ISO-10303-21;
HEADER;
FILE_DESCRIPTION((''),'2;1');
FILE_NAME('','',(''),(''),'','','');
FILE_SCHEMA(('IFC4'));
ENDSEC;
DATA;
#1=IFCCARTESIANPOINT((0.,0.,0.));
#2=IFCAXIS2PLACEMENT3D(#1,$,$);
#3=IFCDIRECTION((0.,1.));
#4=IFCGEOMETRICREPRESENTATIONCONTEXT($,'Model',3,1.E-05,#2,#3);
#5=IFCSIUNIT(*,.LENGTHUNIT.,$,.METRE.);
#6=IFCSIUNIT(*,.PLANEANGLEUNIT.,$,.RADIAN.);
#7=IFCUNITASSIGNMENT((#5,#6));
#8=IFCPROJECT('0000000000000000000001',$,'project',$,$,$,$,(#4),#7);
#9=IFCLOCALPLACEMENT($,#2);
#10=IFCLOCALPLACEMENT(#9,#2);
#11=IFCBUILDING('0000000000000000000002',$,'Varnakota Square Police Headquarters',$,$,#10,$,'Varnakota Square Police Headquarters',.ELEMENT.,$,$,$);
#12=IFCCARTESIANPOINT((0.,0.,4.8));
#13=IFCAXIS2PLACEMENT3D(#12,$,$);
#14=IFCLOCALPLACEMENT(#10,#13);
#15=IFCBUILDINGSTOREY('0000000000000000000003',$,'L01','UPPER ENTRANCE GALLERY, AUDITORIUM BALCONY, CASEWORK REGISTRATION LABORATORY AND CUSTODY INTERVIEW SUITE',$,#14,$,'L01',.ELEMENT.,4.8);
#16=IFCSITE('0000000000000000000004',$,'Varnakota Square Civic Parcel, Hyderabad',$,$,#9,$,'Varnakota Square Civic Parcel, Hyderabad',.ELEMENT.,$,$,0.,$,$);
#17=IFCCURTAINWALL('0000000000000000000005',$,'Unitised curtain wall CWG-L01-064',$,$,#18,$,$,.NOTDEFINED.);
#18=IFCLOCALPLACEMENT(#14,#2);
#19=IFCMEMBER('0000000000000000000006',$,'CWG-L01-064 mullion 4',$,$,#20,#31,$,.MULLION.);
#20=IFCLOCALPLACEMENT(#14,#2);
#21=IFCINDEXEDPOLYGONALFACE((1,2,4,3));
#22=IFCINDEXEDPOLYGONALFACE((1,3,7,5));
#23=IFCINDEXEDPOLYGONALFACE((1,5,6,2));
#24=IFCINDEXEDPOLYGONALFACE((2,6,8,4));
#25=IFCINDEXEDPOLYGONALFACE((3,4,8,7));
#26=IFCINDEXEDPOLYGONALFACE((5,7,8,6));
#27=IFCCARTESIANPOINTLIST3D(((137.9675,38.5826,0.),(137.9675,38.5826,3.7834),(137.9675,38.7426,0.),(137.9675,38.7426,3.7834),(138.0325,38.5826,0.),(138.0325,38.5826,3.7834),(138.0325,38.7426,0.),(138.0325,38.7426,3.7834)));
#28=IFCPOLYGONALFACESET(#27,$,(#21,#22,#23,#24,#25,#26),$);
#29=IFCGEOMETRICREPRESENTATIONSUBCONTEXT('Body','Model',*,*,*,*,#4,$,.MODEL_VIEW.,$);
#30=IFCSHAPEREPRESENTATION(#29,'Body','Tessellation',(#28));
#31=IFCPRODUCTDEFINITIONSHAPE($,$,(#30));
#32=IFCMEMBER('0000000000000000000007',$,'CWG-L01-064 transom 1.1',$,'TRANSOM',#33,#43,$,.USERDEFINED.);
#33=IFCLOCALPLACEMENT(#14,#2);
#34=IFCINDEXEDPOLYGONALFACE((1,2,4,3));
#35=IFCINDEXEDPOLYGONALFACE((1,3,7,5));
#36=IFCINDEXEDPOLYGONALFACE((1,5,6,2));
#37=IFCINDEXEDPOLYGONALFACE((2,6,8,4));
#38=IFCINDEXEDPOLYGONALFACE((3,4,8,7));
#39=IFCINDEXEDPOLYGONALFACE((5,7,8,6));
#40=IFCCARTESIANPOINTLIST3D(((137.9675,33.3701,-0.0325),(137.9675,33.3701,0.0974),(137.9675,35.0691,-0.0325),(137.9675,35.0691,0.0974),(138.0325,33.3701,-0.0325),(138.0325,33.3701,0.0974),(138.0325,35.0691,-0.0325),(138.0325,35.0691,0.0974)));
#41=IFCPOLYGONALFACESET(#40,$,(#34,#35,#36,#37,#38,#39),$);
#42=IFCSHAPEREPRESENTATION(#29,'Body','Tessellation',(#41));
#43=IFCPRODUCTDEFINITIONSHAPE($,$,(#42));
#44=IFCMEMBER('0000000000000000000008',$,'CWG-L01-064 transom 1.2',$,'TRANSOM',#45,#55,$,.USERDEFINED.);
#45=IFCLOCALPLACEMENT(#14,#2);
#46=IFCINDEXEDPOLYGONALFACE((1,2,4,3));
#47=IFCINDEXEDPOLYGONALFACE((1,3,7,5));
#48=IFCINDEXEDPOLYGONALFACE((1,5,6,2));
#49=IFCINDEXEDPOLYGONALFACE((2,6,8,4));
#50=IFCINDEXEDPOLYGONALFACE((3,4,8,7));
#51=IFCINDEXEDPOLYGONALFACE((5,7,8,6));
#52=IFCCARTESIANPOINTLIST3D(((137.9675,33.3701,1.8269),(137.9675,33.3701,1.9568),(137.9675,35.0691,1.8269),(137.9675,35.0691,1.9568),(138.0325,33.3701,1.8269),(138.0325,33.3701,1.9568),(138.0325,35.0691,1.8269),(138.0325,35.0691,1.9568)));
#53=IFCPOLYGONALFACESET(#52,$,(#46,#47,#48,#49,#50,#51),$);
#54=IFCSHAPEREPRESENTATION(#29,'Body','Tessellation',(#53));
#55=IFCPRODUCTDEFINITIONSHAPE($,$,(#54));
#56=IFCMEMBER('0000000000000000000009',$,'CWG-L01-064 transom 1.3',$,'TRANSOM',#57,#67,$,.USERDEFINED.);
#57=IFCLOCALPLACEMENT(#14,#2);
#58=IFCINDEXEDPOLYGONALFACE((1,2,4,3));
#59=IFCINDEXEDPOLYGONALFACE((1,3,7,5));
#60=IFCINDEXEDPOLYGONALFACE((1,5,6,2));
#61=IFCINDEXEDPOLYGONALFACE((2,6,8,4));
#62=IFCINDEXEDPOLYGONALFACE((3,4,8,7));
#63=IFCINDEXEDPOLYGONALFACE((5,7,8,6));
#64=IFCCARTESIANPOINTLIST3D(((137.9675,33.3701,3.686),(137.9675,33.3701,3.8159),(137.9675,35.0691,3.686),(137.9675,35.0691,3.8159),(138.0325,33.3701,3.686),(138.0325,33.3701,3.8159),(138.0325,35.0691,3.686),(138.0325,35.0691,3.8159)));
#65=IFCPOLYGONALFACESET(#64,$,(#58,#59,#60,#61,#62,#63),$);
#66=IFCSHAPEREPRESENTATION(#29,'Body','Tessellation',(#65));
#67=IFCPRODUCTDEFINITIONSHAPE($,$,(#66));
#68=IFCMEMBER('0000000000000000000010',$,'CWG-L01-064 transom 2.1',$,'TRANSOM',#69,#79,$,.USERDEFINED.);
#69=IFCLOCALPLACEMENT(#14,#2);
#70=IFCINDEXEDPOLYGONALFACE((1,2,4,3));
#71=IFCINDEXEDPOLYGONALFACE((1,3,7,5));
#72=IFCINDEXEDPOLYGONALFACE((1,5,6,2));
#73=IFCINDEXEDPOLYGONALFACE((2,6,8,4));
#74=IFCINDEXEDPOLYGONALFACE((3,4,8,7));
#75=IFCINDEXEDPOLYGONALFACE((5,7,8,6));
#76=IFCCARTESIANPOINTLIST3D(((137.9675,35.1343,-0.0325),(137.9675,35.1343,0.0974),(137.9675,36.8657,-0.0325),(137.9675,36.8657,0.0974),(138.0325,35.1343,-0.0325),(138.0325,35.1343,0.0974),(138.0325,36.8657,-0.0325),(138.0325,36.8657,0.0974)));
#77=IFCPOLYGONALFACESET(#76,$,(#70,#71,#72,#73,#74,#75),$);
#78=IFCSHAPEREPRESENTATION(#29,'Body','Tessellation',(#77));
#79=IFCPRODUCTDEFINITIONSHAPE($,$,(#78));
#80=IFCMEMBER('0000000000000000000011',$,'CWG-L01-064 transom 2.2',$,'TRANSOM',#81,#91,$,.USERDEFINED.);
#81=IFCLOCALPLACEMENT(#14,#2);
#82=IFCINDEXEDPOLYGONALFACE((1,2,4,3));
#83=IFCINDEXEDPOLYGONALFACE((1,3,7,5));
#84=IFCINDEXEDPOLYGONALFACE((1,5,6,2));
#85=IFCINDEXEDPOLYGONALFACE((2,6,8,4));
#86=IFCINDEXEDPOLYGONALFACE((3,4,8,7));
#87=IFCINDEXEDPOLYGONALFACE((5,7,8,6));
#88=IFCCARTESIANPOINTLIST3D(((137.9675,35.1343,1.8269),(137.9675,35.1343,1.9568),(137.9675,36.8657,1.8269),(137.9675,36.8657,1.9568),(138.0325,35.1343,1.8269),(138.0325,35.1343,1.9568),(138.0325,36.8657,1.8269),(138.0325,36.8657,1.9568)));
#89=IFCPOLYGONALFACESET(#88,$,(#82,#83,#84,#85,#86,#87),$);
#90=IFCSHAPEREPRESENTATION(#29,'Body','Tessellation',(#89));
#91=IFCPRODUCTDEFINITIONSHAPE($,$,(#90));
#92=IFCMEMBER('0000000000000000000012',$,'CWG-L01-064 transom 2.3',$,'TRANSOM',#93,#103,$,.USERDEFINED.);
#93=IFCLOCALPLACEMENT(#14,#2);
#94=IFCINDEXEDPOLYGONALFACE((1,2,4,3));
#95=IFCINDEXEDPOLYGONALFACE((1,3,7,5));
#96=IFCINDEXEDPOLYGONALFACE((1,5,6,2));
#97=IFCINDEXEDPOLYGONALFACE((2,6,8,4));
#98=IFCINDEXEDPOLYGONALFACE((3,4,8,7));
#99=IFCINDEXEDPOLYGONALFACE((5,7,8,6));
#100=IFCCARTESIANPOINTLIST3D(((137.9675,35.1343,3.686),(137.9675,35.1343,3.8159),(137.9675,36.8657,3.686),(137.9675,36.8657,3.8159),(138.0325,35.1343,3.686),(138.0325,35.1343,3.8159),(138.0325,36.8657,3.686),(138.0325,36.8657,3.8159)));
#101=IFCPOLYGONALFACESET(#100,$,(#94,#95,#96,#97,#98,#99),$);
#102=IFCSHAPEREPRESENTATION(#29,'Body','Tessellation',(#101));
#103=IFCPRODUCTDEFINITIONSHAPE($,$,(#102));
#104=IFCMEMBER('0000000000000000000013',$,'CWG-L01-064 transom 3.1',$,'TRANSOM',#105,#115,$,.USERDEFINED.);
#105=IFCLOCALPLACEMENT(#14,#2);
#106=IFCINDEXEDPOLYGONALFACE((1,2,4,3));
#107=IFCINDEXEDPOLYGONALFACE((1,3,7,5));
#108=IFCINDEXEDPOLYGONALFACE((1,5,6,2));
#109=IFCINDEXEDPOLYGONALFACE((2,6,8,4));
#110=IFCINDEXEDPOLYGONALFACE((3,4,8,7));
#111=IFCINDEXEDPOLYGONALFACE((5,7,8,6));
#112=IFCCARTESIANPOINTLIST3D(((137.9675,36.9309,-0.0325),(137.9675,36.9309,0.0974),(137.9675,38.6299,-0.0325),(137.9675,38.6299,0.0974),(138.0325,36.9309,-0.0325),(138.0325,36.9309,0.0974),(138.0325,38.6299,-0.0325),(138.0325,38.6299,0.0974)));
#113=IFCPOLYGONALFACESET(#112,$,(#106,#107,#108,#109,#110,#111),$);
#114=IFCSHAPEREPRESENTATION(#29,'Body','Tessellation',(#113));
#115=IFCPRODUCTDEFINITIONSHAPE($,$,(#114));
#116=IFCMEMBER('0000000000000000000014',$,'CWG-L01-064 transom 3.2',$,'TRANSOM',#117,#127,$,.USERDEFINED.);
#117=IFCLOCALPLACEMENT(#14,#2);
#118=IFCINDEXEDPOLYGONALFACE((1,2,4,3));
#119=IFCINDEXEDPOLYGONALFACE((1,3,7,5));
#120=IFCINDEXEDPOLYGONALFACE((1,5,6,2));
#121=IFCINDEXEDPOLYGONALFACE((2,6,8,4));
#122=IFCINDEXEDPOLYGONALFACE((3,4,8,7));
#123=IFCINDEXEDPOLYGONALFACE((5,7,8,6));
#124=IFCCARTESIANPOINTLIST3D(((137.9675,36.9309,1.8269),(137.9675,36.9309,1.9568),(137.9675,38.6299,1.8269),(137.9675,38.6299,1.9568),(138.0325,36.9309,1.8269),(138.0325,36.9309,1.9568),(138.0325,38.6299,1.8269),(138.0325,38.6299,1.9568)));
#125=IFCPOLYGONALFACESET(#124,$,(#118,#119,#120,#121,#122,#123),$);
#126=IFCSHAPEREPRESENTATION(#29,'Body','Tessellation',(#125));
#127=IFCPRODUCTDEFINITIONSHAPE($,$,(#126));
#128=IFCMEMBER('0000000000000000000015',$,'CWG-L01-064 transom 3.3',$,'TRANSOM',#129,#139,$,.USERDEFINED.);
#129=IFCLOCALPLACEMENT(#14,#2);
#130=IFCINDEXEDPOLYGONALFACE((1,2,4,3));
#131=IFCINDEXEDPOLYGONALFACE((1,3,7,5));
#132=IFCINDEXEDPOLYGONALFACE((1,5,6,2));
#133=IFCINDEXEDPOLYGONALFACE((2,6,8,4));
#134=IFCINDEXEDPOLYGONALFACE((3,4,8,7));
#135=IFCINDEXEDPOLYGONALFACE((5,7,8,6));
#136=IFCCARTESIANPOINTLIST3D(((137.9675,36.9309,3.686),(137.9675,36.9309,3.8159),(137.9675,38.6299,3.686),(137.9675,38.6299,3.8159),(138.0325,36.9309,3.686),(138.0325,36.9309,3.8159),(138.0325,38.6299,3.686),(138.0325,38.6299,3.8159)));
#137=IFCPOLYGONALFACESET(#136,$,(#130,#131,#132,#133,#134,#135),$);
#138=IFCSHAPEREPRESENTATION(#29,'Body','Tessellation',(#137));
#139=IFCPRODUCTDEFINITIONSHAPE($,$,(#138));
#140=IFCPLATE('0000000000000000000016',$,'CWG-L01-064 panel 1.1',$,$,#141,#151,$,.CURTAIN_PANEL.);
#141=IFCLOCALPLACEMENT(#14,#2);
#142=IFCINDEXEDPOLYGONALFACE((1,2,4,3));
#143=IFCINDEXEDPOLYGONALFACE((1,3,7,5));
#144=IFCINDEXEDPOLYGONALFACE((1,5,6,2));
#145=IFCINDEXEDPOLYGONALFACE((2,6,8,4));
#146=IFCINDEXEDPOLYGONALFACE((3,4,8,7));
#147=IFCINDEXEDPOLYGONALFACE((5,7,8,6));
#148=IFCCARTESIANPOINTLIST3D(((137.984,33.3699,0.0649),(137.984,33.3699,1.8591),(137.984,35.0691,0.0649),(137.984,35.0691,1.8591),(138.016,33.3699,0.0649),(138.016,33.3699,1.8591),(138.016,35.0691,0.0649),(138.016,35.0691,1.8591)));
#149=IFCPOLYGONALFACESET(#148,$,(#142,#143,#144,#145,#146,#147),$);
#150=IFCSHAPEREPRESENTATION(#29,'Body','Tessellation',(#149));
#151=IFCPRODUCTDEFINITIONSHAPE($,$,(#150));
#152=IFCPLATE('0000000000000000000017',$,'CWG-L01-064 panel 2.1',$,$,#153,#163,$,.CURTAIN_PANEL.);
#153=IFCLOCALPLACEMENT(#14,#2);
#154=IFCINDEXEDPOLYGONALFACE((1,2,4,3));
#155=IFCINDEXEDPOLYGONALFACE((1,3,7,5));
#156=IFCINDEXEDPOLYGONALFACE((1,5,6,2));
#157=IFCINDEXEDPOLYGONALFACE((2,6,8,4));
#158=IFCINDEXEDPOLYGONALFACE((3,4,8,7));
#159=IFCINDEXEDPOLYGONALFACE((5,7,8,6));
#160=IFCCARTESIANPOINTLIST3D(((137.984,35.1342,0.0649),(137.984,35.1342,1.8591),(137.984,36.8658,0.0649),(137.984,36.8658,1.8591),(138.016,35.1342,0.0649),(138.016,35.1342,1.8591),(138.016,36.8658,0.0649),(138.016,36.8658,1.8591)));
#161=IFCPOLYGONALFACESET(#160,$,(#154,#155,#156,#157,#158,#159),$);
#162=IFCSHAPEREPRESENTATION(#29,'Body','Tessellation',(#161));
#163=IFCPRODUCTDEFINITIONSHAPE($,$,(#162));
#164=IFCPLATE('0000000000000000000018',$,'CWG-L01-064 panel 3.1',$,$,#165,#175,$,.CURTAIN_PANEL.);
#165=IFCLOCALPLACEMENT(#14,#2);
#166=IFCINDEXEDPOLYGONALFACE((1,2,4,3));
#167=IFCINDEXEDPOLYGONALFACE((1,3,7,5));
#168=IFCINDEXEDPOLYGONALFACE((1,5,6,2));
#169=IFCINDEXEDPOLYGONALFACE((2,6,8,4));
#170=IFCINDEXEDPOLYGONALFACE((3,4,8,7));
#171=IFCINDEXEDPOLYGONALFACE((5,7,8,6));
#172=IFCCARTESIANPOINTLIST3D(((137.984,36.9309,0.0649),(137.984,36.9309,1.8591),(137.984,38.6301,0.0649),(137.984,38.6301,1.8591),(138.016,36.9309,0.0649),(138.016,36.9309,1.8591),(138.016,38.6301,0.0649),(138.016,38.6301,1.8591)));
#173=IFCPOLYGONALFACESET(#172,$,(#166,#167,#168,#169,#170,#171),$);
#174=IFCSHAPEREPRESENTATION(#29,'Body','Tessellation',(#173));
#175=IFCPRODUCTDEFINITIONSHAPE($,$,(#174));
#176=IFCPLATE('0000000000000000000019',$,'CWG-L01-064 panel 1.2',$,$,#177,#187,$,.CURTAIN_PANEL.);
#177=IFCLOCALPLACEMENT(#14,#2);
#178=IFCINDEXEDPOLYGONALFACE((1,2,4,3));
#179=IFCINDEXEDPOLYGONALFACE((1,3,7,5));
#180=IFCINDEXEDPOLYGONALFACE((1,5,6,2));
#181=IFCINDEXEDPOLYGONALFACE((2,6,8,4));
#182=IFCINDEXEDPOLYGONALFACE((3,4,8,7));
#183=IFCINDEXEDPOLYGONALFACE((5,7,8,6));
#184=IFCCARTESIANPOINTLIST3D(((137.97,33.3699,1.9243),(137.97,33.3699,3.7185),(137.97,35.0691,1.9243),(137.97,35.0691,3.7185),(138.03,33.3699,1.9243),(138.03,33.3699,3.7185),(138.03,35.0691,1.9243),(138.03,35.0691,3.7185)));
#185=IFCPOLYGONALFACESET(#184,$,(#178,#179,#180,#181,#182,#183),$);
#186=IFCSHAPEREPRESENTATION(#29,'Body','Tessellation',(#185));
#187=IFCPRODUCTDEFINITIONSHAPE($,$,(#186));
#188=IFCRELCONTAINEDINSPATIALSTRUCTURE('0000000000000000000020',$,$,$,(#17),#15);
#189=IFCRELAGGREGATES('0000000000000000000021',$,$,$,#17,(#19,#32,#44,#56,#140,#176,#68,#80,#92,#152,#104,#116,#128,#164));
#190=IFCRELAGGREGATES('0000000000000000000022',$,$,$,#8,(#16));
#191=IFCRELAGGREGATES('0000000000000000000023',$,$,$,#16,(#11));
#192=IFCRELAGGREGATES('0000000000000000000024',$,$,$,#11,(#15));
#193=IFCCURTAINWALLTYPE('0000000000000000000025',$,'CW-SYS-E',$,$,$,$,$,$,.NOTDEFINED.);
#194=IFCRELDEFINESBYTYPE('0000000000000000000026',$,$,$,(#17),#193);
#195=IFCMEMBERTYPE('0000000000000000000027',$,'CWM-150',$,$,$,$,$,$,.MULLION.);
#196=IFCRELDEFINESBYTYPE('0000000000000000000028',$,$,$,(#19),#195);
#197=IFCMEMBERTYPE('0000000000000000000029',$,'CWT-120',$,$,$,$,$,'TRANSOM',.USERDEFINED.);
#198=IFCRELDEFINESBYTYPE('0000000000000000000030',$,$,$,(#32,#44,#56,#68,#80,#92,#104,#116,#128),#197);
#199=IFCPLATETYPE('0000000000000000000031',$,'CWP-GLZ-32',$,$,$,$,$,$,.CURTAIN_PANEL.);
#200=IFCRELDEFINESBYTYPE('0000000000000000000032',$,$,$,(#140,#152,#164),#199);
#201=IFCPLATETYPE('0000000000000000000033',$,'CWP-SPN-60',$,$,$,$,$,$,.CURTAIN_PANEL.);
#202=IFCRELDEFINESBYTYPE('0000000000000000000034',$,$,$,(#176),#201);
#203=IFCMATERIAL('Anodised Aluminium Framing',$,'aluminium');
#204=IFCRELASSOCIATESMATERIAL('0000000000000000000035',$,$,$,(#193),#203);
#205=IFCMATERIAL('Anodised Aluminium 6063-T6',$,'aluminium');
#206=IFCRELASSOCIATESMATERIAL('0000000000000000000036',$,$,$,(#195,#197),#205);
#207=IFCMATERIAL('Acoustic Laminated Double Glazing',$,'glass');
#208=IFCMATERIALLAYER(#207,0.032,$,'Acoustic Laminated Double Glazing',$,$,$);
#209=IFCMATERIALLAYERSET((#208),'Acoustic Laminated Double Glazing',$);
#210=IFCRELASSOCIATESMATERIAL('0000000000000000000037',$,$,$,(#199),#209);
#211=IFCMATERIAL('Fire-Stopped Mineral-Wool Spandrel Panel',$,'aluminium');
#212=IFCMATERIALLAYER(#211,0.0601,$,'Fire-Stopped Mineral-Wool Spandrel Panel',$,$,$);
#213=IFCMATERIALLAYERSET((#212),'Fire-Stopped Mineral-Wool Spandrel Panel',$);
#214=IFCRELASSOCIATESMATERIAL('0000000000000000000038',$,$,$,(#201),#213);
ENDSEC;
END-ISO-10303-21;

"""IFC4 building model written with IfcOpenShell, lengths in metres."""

from ifc_helpers import new_model, si_unit, direction, frame, origin, origin_2d, place, context, subcontext, project, spatial, rectangle, extrude, material, layer, layer_set, material_profile, profile_set, type_object, element, aggregate, save


model = new_model("IFC4")

# Units and contexts
model_context = context("Model", 3, precision=1e-05, world=origin(), true_north=direction((0.0, 1.0)))
body_context = subcontext(model_context, "Body", "Model", "MODEL_VIEW")
ifc_project = project(units=[si_unit("LENGTHUNIT", "METRE"), si_unit("PLANEANGLEUNIT", "RADIAN")], contexts=[model_context])

# Site, building, storey
site_placement = place(None, origin())
site = spatial("IfcSite", under=ifc_project, at=site_placement, Name="Varnakota Square Civic Parcel, Hyderabad", LongName="Varnakota Square Civic Parcel, Hyderabad", CompositionType="ELEMENT", RefElevation=0.0)
building_placement = place(site_placement, origin())
building = spatial("IfcBuilding", under=site, at=building_placement, Name="Varnakota Square Police Headquarters", LongName="Varnakota Square Police Headquarters", CompositionType="ELEMENT")
storey_placement = place(building_placement, frame((0.0, 0.0, 4.8)))
storey = spatial("IfcBuildingStorey", under=building, at=storey_placement, Name="L01", Description="UPPER ENTRANCE GALLERY, AUDITORIUM BALCONY, CASEWORK REGISTRATION LABORATORY AND CUSTODY INTERVIEW SUITE", LongName="L01", CompositionType="ELEMENT", Elevation=4.8)

# Curtain wall, members, plates
ifc_material_1 = material(Name="Anodised Aluminium Framing", Category="aluminium")
curtain_wall_type = type_object("IfcCurtainWallType", Name="CW-SYS-E", PredefinedType="NOTDEFINED", material=ifc_material_1)
curtain_wall_placement = place(storey_placement, origin())
curtain_wall = element("IfcCurtainWall", 1, at=curtain_wall_placement, inside=storey, type_object=curtain_wall_type, Name="Unitised curtain wall CWG-L01-064", PredefinedType="NOTDEFINED")
ifc_material_2 = material(Name="Anodised Aluminium 6063-T6", Category="aluminium")
ifc_material_profile_1 = material_profile(ifc_material_2, rectangle(XDim=0.0649, YDim=0.1599, at=origin_2d()), Name="ALU MULLION 65x160")
ifc_profile_set_1 = profile_set([ifc_material_profile_1], Name="Anodised Aluminium 6063-T6")
member_type_1 = type_object("IfcMemberType", Name="CWM-150", PredefinedType="MULLION", material=ifc_profile_set_1)
member_1_placement = place(storey_placement, frame((138.0, 38.6626, 0.0), z_axis=(0.0, 0.0, 1.0), x_axis=(-1.0, 0.0, 0.0)))
member_1 = element("IfcMember", 2, at=member_1_placement, type_object=member_type_1, Name="CWG-L01-064 mullion 4", PredefinedType="MULLION", context=body_context, shape_type="SweptSolid", body=[
    extrude(rectangle(XDim=0.0649, YDim=0.1599, at=origin_2d()), origin(), (0.0, 0.0, 1.0), 3.7834),
])
ifc_material_profile_2 = material_profile(ifc_material_2, rectangle(XDim=0.0649, YDim=0.1299, at=origin_2d()), Name="ALU TRANSOM 65x130")
ifc_profile_set_2 = profile_set([ifc_material_profile_2], Name="Anodised Aluminium 6063-T6")
member_type_2 = type_object("IfcMemberType", Name="CWT-120", ElementType="TRANSOM", PredefinedType="USERDEFINED", material=ifc_profile_set_2)
member_2_placement = place(storey_placement, frame((138.0, 33.3701, 0.0325), z_axis=(0.0, 1.0, 0.0), x_axis=(-1.0, 0.0, 0.0)))
member_2 = element("IfcMember", 3, at=member_2_placement, type_object=member_type_2, Name="CWG-L01-064 transom 1.1", ObjectType="TRANSOM", PredefinedType="USERDEFINED", context=body_context, shape_type="SweptSolid", body=[
    extrude(rectangle(XDim=0.0649, YDim=0.1299, at=origin_2d()), origin(), (0.0, 0.0, 1.0), 1.699),
])
member_3_placement = place(storey_placement, frame((138.0, 33.3701, 1.8918), z_axis=(0.0, 1.0, 0.0), x_axis=(-1.0, 0.0, 0.0)))
member_3 = element("IfcMember", 4, at=member_3_placement, type_object=member_type_2, Name="CWG-L01-064 transom 1.2", ObjectType="TRANSOM", PredefinedType="USERDEFINED", context=body_context, shape_type="SweptSolid", body=[
    extrude(rectangle(XDim=0.0649, YDim=0.1299, at=origin_2d()), origin(), (0.0, 0.0, 1.0), 1.699),
])
member_4_placement = place(storey_placement, frame((138.0, 33.3701, 3.751), z_axis=(0.0, 1.0, 0.0), x_axis=(-1.0, 0.0, 0.0)))
member_4 = element("IfcMember", 5, at=member_4_placement, type_object=member_type_2, Name="CWG-L01-064 transom 1.3", ObjectType="TRANSOM", PredefinedType="USERDEFINED", context=body_context, shape_type="SweptSolid", body=[
    extrude(rectangle(XDim=0.0649, YDim=0.1299, at=origin_2d()), origin(), (0.0, 0.0, 1.0), 1.699),
])
member_5_placement = place(storey_placement, frame((138.0, 35.1343, 0.0325), z_axis=(0.0, 1.0, 0.0), x_axis=(-1.0, 0.0, 0.0)))
member_5 = element("IfcMember", 6, at=member_5_placement, type_object=member_type_2, Name="CWG-L01-064 transom 2.1", ObjectType="TRANSOM", PredefinedType="USERDEFINED", context=body_context, shape_type="SweptSolid", body=[
    extrude(rectangle(XDim=0.0649, YDim=0.1299, at=origin_2d()), origin(), (0.0, 0.0, 1.0), 1.7314),
])
member_6_placement = place(storey_placement, frame((138.0, 35.1343, 1.8918), z_axis=(0.0, 1.0, 0.0), x_axis=(-1.0, 0.0, 0.0)))
member_6 = element("IfcMember", 7, at=member_6_placement, type_object=member_type_2, Name="CWG-L01-064 transom 2.2", ObjectType="TRANSOM", PredefinedType="USERDEFINED", context=body_context, shape_type="SweptSolid", body=[
    extrude(rectangle(XDim=0.0649, YDim=0.1299, at=origin_2d()), origin(), (0.0, 0.0, 1.0), 1.7314),
])
member_7_placement = place(storey_placement, frame((138.0, 35.1343, 3.751), z_axis=(0.0, 1.0, 0.0), x_axis=(-1.0, 0.0, 0.0)))
member_7 = element("IfcMember", 8, at=member_7_placement, type_object=member_type_2, Name="CWG-L01-064 transom 2.3", ObjectType="TRANSOM", PredefinedType="USERDEFINED", context=body_context, shape_type="SweptSolid", body=[
    extrude(rectangle(XDim=0.0649, YDim=0.1299, at=origin_2d()), origin(), (0.0, 0.0, 1.0), 1.7314),
])
member_8_placement = place(storey_placement, frame((138.0, 36.9309, 0.0325), z_axis=(0.0, 1.0, 0.0), x_axis=(-1.0, 0.0, 0.0)))
member_8 = element("IfcMember", 9, at=member_8_placement, type_object=member_type_2, Name="CWG-L01-064 transom 3.1", ObjectType="TRANSOM", PredefinedType="USERDEFINED", context=body_context, shape_type="SweptSolid", body=[
    extrude(rectangle(XDim=0.0649, YDim=0.1299, at=origin_2d()), origin(), (0.0, 0.0, 1.0), 1.699),
])
member_9_placement = place(storey_placement, frame((138.0, 36.9309, 1.8918), z_axis=(0.0, 1.0, 0.0), x_axis=(-1.0, 0.0, 0.0)))
member_9 = element("IfcMember", 10, at=member_9_placement, type_object=member_type_2, Name="CWG-L01-064 transom 3.2", ObjectType="TRANSOM", PredefinedType="USERDEFINED", context=body_context, shape_type="SweptSolid", body=[
    extrude(rectangle(XDim=0.0649, YDim=0.1299, at=origin_2d()), origin(), (0.0, 0.0, 1.0), 1.699),
])
member_10_placement = place(storey_placement, frame((138.0, 36.9309, 3.751), z_axis=(0.0, 1.0, 0.0), x_axis=(-1.0, 0.0, 0.0)))
member_10 = element("IfcMember", 11, at=member_10_placement, type_object=member_type_2, Name="CWG-L01-064 transom 3.3", ObjectType="TRANSOM", PredefinedType="USERDEFINED", context=body_context, shape_type="SweptSolid", body=[
    extrude(rectangle(XDim=0.0649, YDim=0.1299, at=origin_2d()), origin(), (0.0, 0.0, 1.0), 1.699),
])
ifc_material_3 = material(Name="Acoustic Laminated Double Glazing", Category="glass")
ifc_layer_1 = layer(ifc_material_3, 0.032, Name="Acoustic Laminated Double Glazing")
ifc_layer_set_1 = layer_set([ifc_layer_1], Name="Acoustic Laminated Double Glazing")
plate_type_1 = type_object("IfcPlateType", Name="CWP-GLZ-32", PredefinedType="CURTAIN_PANEL", material=ifc_layer_set_1)
plate_1_placement = place(storey_placement, frame((138.0, 34.2195, 0.0649), z_axis=(0.0, 0.0, 1.0), x_axis=(0.0, 1.0, 0.0)))
plate_1 = element("IfcPlate", 12, at=plate_1_placement, type_object=plate_type_1, Name="CWG-L01-064 panel 1.1", PredefinedType="CURTAIN_PANEL", context=body_context, shape_type="SweptSolid", body=[
    extrude(rectangle(XDim=1.6992, YDim=0.032, at=origin_2d()), origin(), (0.0, 0.0, 1.0), 1.7942),
])
plate_2_placement = place(storey_placement, frame((138.0, 36.0, 0.0649), z_axis=(0.0, 0.0, 1.0), x_axis=(0.0, 1.0, 0.0)))
plate_2 = element("IfcPlate", 13, at=plate_2_placement, type_object=plate_type_1, Name="CWG-L01-064 panel 2.1", PredefinedType="CURTAIN_PANEL", context=body_context, shape_type="SweptSolid", body=[
    extrude(rectangle(XDim=1.7317, YDim=0.032, at=origin_2d()), origin(), (0.0, 0.0, 1.0), 1.7942),
])
plate_3_placement = place(storey_placement, frame((138.0, 37.7805, 0.0649), z_axis=(0.0, 0.0, 1.0), x_axis=(0.0, 1.0, 0.0)))
plate_3 = element("IfcPlate", 14, at=plate_3_placement, type_object=plate_type_1, Name="CWG-L01-064 panel 3.1", PredefinedType="CURTAIN_PANEL", context=body_context, shape_type="SweptSolid", body=[
    extrude(rectangle(XDim=1.6992, YDim=0.032, at=origin_2d()), origin(), (0.0, 0.0, 1.0), 1.7942),
])
ifc_material_4 = material(Name="Fire-Stopped Mineral-Wool Spandrel Panel", Category="aluminium")
ifc_layer_2 = layer(ifc_material_4, 0.0601, Name="Fire-Stopped Mineral-Wool Spandrel Panel")
ifc_layer_set_2 = layer_set([ifc_layer_2], Name="Fire-Stopped Mineral-Wool Spandrel Panel")
plate_type_2 = type_object("IfcPlateType", Name="CWP-SPN-60", PredefinedType="CURTAIN_PANEL", material=ifc_layer_set_2)
plate_4_placement = place(storey_placement, frame((138.0, 34.2195, 1.9243), z_axis=(0.0, 0.0, 1.0), x_axis=(0.0, 1.0, 0.0)))
plate_4 = element("IfcPlate", 15, at=plate_4_placement, type_object=plate_type_2, Name="CWG-L01-064 panel 1.2", PredefinedType="CURTAIN_PANEL", context=body_context, shape_type="SweptSolid", body=[
    extrude(rectangle(XDim=1.6992, YDim=0.0601, at=origin_2d()), origin(), (0.0, 0.0, 1.0), 1.7942),
])
aggregate(curtain_wall, [member_1, member_2, member_3, member_4, plate_1, plate_4, member_5, member_6, member_7, plate_2, member_8, member_9, member_10, plate_3])

save(model, "model.ifc")
